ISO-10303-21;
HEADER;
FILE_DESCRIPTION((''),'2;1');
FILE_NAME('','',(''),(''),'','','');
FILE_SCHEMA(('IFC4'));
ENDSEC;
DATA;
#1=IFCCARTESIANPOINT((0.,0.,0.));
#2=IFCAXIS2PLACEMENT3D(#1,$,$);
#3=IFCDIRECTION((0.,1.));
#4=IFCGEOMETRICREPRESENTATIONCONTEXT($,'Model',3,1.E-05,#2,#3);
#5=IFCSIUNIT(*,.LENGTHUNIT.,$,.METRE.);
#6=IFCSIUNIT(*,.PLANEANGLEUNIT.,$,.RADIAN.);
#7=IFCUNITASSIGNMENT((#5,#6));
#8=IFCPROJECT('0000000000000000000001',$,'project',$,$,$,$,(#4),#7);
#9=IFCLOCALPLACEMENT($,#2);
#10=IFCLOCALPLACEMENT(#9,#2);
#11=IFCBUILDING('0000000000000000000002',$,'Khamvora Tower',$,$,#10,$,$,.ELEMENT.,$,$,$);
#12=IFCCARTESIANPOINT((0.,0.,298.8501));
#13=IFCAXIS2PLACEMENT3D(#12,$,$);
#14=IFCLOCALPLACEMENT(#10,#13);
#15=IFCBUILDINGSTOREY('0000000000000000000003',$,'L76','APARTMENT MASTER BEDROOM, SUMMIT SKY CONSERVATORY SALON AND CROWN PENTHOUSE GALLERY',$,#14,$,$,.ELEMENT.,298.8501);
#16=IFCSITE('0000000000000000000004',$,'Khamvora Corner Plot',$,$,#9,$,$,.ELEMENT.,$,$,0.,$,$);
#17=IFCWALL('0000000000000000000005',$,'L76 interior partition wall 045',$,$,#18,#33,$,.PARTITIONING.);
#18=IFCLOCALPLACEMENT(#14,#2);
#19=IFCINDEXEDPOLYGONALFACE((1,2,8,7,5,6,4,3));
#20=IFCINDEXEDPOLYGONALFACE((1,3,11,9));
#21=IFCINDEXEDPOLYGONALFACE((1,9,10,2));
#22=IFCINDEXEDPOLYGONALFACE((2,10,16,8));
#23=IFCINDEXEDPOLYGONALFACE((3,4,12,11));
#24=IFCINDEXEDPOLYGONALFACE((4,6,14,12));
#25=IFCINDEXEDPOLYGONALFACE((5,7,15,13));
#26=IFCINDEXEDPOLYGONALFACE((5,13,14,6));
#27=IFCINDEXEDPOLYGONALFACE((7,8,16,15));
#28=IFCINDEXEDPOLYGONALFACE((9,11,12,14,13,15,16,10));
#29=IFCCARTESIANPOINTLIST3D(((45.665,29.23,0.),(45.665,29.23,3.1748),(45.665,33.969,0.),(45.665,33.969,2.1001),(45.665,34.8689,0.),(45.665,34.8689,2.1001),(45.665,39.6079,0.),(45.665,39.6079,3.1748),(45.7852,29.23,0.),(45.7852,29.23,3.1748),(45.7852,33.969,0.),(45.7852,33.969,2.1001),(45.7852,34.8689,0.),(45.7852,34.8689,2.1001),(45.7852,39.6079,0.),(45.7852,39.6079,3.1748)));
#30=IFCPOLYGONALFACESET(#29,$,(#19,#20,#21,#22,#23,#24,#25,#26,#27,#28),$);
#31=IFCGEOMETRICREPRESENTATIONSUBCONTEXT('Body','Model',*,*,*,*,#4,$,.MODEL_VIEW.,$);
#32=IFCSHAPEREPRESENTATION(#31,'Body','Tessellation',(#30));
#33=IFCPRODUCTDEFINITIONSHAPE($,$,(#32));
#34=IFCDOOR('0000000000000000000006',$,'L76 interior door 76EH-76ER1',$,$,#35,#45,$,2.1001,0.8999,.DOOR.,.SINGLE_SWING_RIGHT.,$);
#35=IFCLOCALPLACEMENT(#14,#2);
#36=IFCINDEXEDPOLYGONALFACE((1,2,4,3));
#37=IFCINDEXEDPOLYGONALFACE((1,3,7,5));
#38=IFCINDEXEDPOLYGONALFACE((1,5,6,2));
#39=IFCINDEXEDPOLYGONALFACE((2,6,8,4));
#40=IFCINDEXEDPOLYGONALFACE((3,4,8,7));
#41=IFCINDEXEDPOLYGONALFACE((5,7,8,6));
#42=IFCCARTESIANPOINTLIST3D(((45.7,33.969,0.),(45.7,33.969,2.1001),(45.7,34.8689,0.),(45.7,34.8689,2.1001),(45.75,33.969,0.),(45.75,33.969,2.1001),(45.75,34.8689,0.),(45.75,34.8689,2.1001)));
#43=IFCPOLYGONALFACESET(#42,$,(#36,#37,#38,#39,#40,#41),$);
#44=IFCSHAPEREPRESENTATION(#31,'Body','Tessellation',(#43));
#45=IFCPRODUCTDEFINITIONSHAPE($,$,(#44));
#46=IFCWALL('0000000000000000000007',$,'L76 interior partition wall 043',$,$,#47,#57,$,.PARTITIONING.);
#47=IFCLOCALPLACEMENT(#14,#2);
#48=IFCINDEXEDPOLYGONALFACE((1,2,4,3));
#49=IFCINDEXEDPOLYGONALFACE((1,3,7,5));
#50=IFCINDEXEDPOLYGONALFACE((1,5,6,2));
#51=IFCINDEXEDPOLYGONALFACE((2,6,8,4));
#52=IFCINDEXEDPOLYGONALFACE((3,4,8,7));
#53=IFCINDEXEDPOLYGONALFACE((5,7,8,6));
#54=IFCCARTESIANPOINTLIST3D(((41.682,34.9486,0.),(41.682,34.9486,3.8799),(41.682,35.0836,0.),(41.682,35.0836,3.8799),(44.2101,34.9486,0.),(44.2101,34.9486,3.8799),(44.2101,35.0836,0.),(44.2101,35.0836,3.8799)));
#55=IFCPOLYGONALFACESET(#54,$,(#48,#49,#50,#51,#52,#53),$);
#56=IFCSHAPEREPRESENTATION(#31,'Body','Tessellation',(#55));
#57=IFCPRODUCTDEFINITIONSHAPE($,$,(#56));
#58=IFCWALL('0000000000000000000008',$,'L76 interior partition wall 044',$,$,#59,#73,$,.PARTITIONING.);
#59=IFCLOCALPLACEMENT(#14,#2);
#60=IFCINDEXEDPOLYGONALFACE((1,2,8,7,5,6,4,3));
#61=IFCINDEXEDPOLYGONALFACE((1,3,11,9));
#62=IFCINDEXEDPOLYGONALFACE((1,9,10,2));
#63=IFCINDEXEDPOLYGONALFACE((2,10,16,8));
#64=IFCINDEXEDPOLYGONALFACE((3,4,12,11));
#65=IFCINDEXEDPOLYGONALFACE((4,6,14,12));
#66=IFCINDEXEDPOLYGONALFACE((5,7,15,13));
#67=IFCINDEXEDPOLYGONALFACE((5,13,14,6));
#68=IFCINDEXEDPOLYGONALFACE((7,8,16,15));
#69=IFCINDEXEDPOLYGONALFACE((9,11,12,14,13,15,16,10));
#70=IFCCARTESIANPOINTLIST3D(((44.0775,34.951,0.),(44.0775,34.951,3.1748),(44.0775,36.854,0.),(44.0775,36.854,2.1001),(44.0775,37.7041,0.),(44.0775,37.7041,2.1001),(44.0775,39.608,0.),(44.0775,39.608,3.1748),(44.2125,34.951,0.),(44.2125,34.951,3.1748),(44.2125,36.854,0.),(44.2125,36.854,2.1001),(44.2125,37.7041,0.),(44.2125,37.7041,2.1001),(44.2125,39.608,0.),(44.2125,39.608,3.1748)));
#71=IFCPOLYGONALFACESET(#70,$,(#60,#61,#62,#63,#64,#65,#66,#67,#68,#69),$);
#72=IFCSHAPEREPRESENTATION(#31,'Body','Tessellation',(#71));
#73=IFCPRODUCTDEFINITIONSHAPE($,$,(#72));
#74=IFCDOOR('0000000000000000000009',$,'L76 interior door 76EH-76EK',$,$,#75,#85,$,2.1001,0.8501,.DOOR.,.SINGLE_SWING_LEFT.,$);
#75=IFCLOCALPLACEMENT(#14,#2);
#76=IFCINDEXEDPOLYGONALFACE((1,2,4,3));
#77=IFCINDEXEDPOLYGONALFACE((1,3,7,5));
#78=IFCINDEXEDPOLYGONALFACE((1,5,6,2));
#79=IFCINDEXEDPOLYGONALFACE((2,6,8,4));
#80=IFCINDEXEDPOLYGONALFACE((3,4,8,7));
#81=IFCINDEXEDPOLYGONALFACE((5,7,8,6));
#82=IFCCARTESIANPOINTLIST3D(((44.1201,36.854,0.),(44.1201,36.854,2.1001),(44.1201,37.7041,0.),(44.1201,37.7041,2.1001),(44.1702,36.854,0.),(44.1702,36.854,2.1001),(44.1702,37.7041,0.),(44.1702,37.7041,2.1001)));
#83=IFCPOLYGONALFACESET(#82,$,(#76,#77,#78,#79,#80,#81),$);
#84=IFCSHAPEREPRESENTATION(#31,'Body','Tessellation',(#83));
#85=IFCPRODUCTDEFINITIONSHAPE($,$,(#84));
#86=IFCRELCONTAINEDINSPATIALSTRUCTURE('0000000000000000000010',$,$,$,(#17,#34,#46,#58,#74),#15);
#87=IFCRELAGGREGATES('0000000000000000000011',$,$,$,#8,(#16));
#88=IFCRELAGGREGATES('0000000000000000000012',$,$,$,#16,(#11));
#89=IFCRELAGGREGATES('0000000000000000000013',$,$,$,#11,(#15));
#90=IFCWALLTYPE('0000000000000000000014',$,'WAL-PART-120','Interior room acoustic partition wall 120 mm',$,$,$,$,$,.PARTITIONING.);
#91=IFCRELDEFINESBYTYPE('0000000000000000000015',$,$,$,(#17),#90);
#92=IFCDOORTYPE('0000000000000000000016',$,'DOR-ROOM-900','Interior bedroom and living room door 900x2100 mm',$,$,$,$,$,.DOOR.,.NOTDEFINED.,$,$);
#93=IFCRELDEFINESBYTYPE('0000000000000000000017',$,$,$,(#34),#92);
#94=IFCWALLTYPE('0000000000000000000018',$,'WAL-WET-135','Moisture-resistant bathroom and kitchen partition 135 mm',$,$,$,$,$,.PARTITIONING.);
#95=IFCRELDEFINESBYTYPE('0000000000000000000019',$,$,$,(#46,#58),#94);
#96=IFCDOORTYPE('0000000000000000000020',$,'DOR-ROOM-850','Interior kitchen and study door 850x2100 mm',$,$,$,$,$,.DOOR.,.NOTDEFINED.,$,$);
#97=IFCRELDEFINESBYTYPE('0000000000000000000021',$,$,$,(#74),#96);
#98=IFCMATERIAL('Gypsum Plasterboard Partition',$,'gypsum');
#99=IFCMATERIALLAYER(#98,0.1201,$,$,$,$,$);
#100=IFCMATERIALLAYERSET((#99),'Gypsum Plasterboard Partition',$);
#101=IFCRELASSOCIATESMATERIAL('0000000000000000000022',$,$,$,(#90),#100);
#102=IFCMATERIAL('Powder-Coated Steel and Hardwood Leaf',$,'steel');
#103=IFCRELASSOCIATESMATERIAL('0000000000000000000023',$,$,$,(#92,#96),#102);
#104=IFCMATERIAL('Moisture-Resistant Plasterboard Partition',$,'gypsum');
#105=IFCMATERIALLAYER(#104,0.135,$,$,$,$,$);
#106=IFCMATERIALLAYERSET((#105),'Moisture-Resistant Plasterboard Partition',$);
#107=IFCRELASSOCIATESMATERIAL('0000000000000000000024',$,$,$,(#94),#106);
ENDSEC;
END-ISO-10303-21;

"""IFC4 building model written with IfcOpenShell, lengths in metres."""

from ifc_helpers import new_model, si_unit, direction, frame, frame_2d, origin, place, context, subcontext, project, spatial, rectangle, extrude, material, layer, layer_set, type_object, element, fill, save


model = new_model("IFC4")

# Units and contexts
model_context = context("Model", 3, precision=1e-05, world=origin(), true_north=direction((0.0, 1.0)))
body_context = subcontext(model_context, "Body", "Model", "MODEL_VIEW")
ifc_project = project(units=[si_unit("LENGTHUNIT", "METRE"), si_unit("PLANEANGLEUNIT", "RADIAN")], contexts=[model_context])

# Site, building, storey
site_placement = place(None, origin())
site = spatial("IfcSite", under=ifc_project, at=site_placement, Name="Khamvora Corner Plot", CompositionType="ELEMENT", RefElevation=0.0)
building_placement = place(site_placement, origin())
building = spatial("IfcBuilding", under=site, at=building_placement, Name="Khamvora Tower", CompositionType="ELEMENT")
storey_placement = place(building_placement, frame((0.0, 0.0, 298.8501)))
storey = spatial("IfcBuildingStorey", under=building, at=storey_placement, Name="L76", Description="APARTMENT MASTER BEDROOM, SUMMIT SKY CONSERVATORY SALON AND CROWN PENTHOUSE GALLERY", CompositionType="ELEMENT", Elevation=298.8501)

# Shared definitions
ifc_material_1 = material(Name="Powder-Coated Steel and Hardwood Leaf", Category="steel")

# Wall, opening, door
ifc_material_2 = material(Name="Gypsum Plasterboard Partition", Category="gypsum")
ifc_layer_1 = layer(ifc_material_2, 0.1201)
ifc_layer_set_1 = layer_set([ifc_layer_1], Name="Gypsum Plasterboard Partition")
wall_type_1 = type_object("IfcWallType", Name="WAL-PART-120", Description="Interior room acoustic partition wall 120 mm", PredefinedType="PARTITIONING", material=ifc_layer_set_1)
wall_1_placement = place(storey_placement, frame((45.7251, 39.6079, 0.0), z_axis=(0.0, 0.0, 1.0), x_axis=(0.0, -1.0, 0.0)))
wall_1 = element("IfcWall", 1, at=wall_1_placement, inside=storey, type_object=wall_type_1, Name="L76 interior partition wall 045", PredefinedType="PARTITIONING", context=body_context, shape_type="SweptSolid", body=[
    extrude(rectangle(XDim=10.3779, YDim=0.1201, at=frame_2d((5.189, 0.0))), origin(), (0.0, 0.0, 1.0), 3.1748),
])
opening_1_placement = place(wall_1_placement, frame((4.739, 0.0, 0.0)))
opening_1 = element("IfcOpeningElement", 2, at=opening_1_placement, cuts=wall_1, PredefinedType="OPENING", context=body_context, shape_type="SweptSolid", body=[
    extrude(rectangle(XDim=0.8999, YDim=2.1001, at=frame_2d((0.45, 1.05))), frame((0.0, 0.0701, 0.0), z_axis=(0.0, -1.0, 0.0), x_axis=(1.0, 0.0, 0.0)), (0.0, 0.0, 1.0), 0.1401),
])
door_type_1 = type_object("IfcDoorType", Name="DOR-ROOM-900", Description="Interior bedroom and living room door 900x2100 mm", OperationType="NOTDEFINED", PredefinedType="DOOR", material=ifc_material_1)
door_1_placement = place(opening_1_placement, origin())
door_1 = element("IfcDoor", 3, at=door_1_placement, inside=storey, type_object=door_type_1, Name="L76 interior door 76EH-76ER1", OperationType="SINGLE_SWING_RIGHT", OverallHeight=2.1001, OverallWidth=0.8999, PredefinedType="DOOR", context=body_context, shape_type="SweptSolid", body=[
    extrude(rectangle(XDim=0.8999, YDim=2.1001, at=frame_2d((0.45, 1.05))), frame((0.0, 0.0249, 0.0), z_axis=(0.0, -1.0, 0.0), x_axis=(1.0, 0.0, 0.0)), (0.0, 0.0, 1.0), 0.05),
])
fill(opening_1, door_1)

# Wall
ifc_material_3 = material(Name="Moisture-Resistant Plasterboard Partition", Category="gypsum")
ifc_layer_2 = layer(ifc_material_3, 0.135)
ifc_layer_set_2 = layer_set([ifc_layer_2], Name="Moisture-Resistant Plasterboard Partition")
wall_type_2 = type_object("IfcWallType", Name="WAL-WET-135", Description="Moisture-resistant bathroom and kitchen partition 135 mm", PredefinedType="PARTITIONING", material=ifc_layer_set_2)
wall_2_placement = place(storey_placement, frame((41.6819, 35.0161, 0.0), z_axis=(0.0, 0.0, 1.0), x_axis=(1.0, 0.0, 0.0)))
element("IfcWall", 4, at=wall_2_placement, inside=storey, type_object=wall_type_2, Name="L76 interior partition wall 043", PredefinedType="PARTITIONING", context=body_context, shape_type="SweptSolid", body=[
    extrude(rectangle(XDim=2.5281, YDim=0.135, at=frame_2d((1.2642, 0.0))), origin(), (0.0, 0.0, 1.0), 3.8799),
])

# Wall, opening, door
wall_3_placement = place(storey_placement, frame((44.145, 34.9509, 0.0), z_axis=(0.0, 0.0, 1.0), x_axis=(0.0, 1.0, 0.0)))
wall_3 = element("IfcWall", 5, at=wall_3_placement, inside=storey, type_object=wall_type_2, Name="L76 interior partition wall 044", PredefinedType="PARTITIONING", context=body_context, shape_type="SweptSolid", body=[
    extrude(rectangle(XDim=4.657, YDim=0.135, at=frame_2d((2.3286, 0.0))), origin(), (0.0, 0.0, 1.0), 3.1748),
])
opening_2_placement = place(wall_3_placement, frame((1.9031, 0.0, 0.0)))
opening_2 = element("IfcOpeningElement", 6, at=opening_2_placement, cuts=wall_3, PredefinedType="OPENING", context=body_context, shape_type="SweptSolid", body=[
    extrude(rectangle(XDim=0.8501, YDim=2.1001, at=frame_2d((0.425, 1.05))), frame((0.0, 0.0774, 0.0), z_axis=(0.0, -1.0, 0.0), x_axis=(1.0, 0.0, 0.0)), (0.0, 0.0, 1.0), 0.155),
])
door_type_2 = type_object("IfcDoorType", Name="DOR-ROOM-850", Description="Interior kitchen and study door 850x2100 mm", OperationType="NOTDEFINED", PredefinedType="DOOR", material=ifc_material_1)
door_2_placement = place(opening_2_placement, origin())
door_2 = element("IfcDoor", 7, at=door_2_placement, inside=storey, type_object=door_type_2, Name="L76 interior door 76EH-76EK", OperationType="SINGLE_SWING_LEFT", OverallHeight=2.1001, OverallWidth=0.8501, PredefinedType="DOOR", context=body_context, shape_type="SweptSolid", body=[
    extrude(rectangle(XDim=0.8501, YDim=2.1001, at=frame_2d((0.425, 1.05))), frame((0.0, 0.0249, 0.0), z_axis=(0.0, -1.0, 0.0), x_axis=(1.0, 0.0, 0.0)), (0.0, 0.0, 1.0), 0.05),
])
fill(opening_2, door_2)

save(model, "model.ifc")
